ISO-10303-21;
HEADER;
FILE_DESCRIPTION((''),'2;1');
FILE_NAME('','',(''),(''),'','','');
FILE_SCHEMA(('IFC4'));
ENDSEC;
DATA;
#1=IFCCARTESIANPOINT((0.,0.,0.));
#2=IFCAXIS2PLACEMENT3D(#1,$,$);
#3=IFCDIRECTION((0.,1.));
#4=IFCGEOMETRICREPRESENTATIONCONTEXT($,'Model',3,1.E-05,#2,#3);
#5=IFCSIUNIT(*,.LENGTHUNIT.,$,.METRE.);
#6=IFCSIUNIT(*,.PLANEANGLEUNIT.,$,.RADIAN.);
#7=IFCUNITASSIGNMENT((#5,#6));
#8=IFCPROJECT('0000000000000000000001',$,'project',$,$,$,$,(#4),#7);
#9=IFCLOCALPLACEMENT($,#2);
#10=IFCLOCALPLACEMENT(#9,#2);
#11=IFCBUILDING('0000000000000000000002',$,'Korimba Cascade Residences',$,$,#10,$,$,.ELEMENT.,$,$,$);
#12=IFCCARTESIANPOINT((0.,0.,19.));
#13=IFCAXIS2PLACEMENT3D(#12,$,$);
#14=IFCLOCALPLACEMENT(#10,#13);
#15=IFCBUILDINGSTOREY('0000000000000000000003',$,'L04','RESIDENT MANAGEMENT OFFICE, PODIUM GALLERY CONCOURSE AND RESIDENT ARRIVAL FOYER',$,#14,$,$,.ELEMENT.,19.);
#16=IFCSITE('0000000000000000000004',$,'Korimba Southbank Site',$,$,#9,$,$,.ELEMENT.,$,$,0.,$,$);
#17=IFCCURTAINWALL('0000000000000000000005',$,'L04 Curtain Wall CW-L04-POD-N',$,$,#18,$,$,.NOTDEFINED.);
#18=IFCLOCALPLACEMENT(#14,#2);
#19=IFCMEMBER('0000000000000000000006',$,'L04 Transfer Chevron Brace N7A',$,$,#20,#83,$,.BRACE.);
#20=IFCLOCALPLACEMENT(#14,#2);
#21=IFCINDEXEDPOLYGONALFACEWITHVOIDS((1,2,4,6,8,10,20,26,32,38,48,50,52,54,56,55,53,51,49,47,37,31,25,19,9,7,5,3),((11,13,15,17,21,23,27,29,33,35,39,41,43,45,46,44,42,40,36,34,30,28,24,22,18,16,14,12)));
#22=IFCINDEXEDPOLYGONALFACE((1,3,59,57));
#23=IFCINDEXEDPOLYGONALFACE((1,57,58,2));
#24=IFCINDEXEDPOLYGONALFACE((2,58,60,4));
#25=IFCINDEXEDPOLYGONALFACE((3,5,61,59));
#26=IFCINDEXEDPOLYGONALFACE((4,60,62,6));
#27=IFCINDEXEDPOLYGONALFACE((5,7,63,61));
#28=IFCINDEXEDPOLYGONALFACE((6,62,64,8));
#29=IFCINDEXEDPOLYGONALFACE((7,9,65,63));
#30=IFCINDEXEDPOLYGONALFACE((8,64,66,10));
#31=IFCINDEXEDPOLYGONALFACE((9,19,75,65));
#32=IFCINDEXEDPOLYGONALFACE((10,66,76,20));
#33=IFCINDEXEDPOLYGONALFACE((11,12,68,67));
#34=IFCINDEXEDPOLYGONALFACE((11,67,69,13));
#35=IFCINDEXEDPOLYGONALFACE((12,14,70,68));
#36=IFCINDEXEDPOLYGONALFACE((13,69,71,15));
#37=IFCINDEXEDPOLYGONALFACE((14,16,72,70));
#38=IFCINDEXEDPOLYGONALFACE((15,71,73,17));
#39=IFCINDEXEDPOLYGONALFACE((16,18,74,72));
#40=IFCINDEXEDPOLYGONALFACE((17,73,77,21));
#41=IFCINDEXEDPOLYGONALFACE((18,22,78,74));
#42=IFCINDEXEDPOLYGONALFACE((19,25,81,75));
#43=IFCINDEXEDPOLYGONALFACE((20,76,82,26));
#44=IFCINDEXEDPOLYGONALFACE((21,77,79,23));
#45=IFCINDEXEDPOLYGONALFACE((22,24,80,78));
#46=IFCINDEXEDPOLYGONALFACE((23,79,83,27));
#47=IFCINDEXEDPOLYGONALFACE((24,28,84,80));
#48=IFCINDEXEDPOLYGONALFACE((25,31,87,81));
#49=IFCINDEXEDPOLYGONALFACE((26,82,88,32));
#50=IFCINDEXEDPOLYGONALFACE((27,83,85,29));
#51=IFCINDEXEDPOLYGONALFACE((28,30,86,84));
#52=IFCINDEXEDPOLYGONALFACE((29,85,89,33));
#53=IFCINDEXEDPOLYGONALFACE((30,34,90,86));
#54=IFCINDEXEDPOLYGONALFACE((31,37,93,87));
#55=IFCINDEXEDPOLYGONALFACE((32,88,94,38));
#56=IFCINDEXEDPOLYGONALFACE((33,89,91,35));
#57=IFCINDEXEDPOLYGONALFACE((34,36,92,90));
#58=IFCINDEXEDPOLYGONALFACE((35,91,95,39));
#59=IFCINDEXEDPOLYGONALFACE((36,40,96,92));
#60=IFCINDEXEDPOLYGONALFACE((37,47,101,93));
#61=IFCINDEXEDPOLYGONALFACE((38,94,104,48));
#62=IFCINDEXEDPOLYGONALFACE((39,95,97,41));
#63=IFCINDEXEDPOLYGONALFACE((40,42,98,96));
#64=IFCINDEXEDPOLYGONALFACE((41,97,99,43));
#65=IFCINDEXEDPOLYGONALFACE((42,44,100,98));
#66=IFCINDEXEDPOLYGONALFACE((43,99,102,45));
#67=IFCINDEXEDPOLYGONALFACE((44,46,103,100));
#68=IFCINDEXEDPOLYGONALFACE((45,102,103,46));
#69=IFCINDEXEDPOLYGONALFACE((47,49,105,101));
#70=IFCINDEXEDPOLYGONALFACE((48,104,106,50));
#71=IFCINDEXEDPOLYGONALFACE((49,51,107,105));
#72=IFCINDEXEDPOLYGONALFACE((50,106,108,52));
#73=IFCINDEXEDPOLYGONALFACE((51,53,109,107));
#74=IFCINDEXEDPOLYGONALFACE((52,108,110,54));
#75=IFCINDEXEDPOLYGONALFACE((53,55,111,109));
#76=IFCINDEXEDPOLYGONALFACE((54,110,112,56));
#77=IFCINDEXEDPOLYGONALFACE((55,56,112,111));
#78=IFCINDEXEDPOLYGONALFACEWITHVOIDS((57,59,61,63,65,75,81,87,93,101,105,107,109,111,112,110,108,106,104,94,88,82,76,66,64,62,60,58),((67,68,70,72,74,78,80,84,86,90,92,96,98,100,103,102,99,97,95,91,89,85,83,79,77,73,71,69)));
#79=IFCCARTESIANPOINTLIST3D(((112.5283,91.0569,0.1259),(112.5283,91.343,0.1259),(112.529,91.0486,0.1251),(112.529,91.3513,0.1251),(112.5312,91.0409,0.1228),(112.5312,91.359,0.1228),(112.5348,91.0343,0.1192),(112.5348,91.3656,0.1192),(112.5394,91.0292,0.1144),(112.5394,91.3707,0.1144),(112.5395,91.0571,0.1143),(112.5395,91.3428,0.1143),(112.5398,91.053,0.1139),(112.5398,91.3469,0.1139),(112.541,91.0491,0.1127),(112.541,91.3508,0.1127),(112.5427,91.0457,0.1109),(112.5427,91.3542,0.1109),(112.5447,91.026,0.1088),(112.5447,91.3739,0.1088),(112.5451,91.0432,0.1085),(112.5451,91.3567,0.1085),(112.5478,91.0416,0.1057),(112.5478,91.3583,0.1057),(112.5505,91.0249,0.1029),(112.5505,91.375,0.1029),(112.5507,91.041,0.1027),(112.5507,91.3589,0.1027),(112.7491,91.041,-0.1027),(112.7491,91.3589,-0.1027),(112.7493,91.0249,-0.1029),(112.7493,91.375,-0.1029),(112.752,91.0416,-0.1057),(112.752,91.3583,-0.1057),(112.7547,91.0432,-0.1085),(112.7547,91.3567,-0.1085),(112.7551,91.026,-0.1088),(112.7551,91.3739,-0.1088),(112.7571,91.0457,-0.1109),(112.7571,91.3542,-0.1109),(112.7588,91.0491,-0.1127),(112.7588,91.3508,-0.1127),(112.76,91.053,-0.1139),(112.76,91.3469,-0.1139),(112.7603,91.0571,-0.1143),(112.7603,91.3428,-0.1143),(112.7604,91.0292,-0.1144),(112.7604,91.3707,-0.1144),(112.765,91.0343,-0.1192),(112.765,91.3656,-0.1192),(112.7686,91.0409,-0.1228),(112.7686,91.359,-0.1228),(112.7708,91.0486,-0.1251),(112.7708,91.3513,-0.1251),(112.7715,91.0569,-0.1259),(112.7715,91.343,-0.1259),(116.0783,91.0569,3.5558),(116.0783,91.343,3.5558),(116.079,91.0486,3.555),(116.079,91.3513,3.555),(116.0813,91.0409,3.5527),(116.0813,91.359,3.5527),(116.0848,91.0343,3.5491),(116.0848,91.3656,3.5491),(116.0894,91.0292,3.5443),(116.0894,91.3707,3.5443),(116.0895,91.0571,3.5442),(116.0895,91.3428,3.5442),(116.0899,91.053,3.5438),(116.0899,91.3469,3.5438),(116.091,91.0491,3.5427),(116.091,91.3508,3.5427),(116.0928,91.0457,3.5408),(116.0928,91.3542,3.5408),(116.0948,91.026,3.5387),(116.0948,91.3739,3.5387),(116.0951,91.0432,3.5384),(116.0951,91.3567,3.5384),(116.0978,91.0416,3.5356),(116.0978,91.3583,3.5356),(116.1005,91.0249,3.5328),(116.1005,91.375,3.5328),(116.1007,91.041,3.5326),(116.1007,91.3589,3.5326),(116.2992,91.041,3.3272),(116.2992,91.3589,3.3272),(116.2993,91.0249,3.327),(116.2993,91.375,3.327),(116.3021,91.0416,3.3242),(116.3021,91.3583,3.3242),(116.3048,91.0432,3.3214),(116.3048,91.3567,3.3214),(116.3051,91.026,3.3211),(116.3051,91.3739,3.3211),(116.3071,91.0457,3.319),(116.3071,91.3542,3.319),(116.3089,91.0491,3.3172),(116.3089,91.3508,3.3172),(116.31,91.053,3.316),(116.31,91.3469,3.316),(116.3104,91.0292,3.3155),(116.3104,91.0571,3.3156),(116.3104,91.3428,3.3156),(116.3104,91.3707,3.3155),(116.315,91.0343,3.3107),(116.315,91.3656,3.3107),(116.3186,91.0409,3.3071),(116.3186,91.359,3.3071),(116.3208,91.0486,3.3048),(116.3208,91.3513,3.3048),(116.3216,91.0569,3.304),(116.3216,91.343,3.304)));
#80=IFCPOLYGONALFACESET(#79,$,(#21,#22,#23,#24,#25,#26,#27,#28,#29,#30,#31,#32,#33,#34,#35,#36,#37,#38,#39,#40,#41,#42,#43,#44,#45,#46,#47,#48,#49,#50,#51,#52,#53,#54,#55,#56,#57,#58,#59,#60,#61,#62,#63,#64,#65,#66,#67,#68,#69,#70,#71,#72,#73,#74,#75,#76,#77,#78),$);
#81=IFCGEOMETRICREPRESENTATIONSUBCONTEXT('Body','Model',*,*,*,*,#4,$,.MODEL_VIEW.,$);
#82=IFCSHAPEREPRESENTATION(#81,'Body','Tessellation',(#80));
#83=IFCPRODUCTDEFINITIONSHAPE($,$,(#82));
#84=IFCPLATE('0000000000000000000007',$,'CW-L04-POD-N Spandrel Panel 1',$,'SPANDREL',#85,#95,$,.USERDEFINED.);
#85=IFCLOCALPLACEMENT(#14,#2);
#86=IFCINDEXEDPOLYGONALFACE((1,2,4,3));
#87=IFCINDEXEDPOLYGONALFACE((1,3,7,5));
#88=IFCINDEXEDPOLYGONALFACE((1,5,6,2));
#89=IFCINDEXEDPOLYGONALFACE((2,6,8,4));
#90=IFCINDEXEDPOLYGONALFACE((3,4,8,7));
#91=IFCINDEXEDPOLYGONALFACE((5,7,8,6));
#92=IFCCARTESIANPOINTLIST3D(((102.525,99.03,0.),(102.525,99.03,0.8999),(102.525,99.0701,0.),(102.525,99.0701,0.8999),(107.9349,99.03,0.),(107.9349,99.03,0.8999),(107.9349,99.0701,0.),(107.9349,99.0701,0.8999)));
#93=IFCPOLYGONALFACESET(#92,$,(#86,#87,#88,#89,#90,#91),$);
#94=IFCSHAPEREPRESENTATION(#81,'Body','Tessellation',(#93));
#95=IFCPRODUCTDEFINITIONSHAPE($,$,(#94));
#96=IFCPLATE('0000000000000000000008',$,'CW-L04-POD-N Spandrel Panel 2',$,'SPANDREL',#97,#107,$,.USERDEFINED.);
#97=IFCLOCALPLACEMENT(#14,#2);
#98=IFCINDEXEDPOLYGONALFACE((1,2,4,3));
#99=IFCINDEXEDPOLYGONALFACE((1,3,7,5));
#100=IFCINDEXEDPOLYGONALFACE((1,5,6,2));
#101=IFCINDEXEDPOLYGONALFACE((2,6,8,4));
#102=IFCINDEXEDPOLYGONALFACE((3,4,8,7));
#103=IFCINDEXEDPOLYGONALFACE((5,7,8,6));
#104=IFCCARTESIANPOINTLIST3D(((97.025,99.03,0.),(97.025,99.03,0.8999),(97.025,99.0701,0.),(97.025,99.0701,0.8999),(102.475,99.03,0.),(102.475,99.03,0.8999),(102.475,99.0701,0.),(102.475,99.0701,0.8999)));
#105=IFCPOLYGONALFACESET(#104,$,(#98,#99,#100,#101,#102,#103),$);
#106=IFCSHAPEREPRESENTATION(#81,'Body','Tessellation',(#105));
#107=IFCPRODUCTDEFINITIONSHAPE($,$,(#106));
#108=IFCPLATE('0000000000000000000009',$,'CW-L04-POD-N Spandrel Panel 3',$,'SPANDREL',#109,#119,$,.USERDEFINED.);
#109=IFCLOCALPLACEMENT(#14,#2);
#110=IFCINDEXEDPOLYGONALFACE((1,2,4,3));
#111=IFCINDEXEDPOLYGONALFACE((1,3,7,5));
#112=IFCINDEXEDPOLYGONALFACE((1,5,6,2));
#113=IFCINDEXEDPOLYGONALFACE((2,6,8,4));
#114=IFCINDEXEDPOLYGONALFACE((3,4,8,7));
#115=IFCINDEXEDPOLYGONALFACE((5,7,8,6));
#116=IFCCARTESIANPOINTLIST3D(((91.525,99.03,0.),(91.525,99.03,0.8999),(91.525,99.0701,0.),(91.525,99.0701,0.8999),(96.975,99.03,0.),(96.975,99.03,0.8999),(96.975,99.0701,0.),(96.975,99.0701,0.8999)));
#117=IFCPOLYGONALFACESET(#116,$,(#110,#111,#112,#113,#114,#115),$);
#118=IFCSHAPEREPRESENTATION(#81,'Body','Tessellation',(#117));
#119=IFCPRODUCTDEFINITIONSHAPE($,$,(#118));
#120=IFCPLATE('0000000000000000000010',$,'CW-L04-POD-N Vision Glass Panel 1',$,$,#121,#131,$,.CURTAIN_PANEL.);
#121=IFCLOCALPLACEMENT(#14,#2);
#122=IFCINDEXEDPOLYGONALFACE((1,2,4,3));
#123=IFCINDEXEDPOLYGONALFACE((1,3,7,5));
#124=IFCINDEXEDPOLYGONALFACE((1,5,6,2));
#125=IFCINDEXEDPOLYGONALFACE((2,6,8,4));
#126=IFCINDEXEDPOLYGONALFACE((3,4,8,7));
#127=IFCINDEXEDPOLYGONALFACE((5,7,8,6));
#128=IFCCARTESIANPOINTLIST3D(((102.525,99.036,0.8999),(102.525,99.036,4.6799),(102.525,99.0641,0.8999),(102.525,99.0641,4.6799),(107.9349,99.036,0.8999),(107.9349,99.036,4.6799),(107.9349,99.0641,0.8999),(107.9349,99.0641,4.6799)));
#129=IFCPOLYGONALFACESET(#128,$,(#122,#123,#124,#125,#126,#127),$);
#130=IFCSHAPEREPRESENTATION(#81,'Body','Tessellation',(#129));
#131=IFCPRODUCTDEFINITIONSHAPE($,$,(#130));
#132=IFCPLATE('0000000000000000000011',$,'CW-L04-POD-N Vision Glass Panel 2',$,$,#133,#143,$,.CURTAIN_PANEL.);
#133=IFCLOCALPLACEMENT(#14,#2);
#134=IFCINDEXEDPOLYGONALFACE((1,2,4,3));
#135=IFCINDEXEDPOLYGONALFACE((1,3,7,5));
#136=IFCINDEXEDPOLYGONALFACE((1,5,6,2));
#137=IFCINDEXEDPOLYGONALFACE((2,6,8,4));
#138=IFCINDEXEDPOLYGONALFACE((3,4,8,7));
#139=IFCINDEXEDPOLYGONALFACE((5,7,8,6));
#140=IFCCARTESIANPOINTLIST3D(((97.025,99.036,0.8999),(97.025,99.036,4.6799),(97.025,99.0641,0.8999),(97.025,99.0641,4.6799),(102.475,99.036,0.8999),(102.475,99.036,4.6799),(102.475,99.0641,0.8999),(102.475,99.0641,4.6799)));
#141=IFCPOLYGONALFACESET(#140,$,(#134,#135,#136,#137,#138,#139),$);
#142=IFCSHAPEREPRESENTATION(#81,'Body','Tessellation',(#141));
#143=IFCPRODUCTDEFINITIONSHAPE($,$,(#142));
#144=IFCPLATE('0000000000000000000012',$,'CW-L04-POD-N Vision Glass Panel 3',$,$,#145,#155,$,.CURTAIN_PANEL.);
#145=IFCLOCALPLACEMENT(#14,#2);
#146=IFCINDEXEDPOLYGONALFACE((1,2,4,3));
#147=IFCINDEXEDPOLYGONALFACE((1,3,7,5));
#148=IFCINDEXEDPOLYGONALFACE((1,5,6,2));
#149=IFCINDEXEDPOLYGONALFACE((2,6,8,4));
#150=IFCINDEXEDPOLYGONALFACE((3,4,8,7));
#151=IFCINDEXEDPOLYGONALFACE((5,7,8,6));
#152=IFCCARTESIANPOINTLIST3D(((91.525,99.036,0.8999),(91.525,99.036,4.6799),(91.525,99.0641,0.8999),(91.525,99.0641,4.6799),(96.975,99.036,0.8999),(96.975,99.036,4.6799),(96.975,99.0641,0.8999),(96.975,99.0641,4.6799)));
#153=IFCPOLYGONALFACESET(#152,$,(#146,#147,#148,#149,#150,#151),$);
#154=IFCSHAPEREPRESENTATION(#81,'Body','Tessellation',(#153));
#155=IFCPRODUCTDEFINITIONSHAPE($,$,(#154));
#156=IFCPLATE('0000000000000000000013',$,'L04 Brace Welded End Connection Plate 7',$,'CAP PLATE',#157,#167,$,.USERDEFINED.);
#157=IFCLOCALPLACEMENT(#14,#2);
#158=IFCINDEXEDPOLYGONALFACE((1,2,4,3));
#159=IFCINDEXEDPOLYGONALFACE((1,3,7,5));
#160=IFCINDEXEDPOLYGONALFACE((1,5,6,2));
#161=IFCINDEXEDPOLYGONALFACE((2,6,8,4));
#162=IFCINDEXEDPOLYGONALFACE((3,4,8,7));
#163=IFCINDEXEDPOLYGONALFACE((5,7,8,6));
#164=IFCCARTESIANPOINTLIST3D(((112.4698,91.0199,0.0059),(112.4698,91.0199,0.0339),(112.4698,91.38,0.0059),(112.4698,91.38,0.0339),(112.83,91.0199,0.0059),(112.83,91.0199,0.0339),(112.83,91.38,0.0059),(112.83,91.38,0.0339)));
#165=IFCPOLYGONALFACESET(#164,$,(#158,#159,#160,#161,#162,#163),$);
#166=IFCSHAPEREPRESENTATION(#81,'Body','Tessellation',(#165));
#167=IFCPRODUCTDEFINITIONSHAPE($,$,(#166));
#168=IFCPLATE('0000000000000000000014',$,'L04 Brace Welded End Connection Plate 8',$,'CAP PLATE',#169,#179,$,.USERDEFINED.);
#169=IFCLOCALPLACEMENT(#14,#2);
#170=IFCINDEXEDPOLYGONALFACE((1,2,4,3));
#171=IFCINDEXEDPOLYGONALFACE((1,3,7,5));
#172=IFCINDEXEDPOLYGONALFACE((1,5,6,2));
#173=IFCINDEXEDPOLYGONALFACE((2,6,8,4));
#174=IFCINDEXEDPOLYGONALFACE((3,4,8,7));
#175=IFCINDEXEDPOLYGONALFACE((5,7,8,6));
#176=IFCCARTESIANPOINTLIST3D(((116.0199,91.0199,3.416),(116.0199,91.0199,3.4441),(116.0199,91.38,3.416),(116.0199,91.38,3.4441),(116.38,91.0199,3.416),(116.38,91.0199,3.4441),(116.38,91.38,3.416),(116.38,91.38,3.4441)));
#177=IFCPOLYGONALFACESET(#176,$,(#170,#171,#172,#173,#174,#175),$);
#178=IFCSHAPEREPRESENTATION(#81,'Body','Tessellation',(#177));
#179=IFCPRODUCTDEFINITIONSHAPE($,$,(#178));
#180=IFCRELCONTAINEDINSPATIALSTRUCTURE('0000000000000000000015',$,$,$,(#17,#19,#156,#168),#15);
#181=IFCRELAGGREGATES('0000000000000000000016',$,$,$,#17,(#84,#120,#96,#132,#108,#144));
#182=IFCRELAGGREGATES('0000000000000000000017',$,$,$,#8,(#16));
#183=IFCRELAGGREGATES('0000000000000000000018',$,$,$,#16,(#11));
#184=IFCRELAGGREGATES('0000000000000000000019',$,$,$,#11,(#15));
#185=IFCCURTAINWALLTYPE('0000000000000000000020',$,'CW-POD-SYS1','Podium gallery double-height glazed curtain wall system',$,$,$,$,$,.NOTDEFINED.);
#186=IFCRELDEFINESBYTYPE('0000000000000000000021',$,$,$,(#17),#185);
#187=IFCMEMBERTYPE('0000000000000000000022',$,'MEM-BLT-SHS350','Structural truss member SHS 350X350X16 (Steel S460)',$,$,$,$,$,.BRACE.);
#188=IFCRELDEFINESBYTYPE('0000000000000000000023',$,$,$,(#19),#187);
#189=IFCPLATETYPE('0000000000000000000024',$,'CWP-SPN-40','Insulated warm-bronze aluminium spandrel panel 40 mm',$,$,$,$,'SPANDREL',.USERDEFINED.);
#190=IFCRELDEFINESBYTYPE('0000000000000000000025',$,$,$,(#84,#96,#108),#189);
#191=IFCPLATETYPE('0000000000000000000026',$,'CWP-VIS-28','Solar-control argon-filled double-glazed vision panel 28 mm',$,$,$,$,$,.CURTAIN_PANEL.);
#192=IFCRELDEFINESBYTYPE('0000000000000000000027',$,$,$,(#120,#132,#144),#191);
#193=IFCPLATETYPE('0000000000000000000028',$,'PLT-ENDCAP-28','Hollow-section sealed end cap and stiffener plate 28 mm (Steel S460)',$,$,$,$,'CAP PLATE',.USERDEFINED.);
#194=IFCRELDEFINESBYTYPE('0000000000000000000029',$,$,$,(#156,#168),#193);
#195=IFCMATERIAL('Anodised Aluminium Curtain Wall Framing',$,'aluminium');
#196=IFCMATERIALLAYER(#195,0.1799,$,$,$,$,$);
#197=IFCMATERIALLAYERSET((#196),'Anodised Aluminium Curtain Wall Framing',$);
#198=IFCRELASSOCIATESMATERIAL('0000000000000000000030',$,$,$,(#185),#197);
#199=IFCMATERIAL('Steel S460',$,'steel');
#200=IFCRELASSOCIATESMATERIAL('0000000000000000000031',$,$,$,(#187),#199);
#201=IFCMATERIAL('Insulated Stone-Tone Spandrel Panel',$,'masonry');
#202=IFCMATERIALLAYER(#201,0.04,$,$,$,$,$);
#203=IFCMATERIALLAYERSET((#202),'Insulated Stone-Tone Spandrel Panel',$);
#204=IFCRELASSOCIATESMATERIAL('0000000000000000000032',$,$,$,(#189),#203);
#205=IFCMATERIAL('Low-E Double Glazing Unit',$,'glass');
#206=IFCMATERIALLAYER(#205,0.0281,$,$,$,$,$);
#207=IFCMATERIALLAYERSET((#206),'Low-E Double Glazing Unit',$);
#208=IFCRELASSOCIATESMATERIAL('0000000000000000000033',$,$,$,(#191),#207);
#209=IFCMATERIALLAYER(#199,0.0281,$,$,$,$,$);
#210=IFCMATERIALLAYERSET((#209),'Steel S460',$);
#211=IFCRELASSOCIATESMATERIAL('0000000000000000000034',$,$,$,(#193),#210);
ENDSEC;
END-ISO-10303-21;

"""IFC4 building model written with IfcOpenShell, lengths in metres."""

from ifc_helpers import new_model, si_unit, direction, frame, origin, origin_2d, place, context, subcontext, project, spatial, rectangle, hollow_rectangle, extrude, material, layer, layer_set, material_profile, profile_set, type_object, element, aggregate, save


model = new_model("IFC4")

# Units and contexts
model_context = context("Model", 3, precision=1e-05, world=origin(), true_north=direction((0.0, 1.0)))
body_context = subcontext(model_context, "Body", "Model", "MODEL_VIEW")
ifc_project = project(units=[si_unit("LENGTHUNIT", "METRE"), si_unit("PLANEANGLEUNIT", "RADIAN")], contexts=[model_context])

# Site, building, storey
site_placement = place(None, origin())
site = spatial("IfcSite", under=ifc_project, at=site_placement, Name="Korimba Southbank Site", CompositionType="ELEMENT", RefElevation=0.0)
building_placement = place(site_placement, origin())
building = spatial("IfcBuilding", under=site, at=building_placement, Name="Korimba Cascade Residences", CompositionType="ELEMENT")
storey_placement = place(building_placement, frame((0.0, 0.0, 19.0)))
storey = spatial("IfcBuildingStorey", under=building, at=storey_placement, Name="L04", Description="RESIDENT MANAGEMENT OFFICE, PODIUM GALLERY CONCOURSE AND RESIDENT ARRIVAL FOYER", CompositionType="ELEMENT", Elevation=19.0)

# Curtain wall
ifc_material_1 = material(Name="Anodised Aluminium Curtain Wall Framing", Category="aluminium")
ifc_layer_1 = layer(ifc_material_1, 0.1799)
ifc_layer_set_1 = layer_set([ifc_layer_1], Name="Anodised Aluminium Curtain Wall Framing")
curtain_wall_type = type_object("IfcCurtainWallType", Name="CW-POD-SYS1", Description="Podium gallery double-height glazed curtain wall system", PredefinedType="NOTDEFINED", material=ifc_layer_set_1)
curtain_wall_placement = place(storey_placement, origin())
curtain_wall = element("IfcCurtainWall", 1, at=curtain_wall_placement, inside=storey, type_object=curtain_wall_type, Name="L04 Curtain Wall CW-L04-POD-N", PredefinedType="NOTDEFINED")

# Member
ifc_material_2 = material(Name="Steel S460", Category="steel")
ifc_material_profile_1 = material_profile(ifc_material_2, hollow_rectangle(XDim=0.3501, YDim=0.3501, WallThickness=0.0161, InnerFilletRadius=0.0161, OuterFilletRadius=0.032, at=origin_2d()), Name="Steel S460")
ifc_profile_set_1 = profile_set([ifc_material_profile_1], Name="Steel S460")
member_type_1 = type_object("IfcMemberType", Name="MEM-BLT-SHS350", Description="Structural truss member SHS 350X350X16 (Steel S460)", PredefinedType="BRACE", material=ifc_profile_set_1)
member_1_placement = place(storey_placement, frame((112.6499, 91.2, 0.0), z_axis=(0.719169, 0.0, 0.694835), x_axis=(0.0, 1.0, 0.0)))
element("IfcMember", 2, at=member_1_placement, inside=storey, type_object=member_type_1, Name="L04 Transfer Chevron Brace N7A", PredefinedType="BRACE", context=body_context, shape_type="SweptSolid", body=[
    extrude(hollow_rectangle(XDim=0.3501, YDim=0.3501, WallThickness=0.0161, InnerFilletRadius=0.0161, OuterFilletRadius=0.032, at=origin_2d()), origin(), (0.0, 0.0, 1.0), 4.9363),
])

# Plates
ifc_material_3 = material(Name="Insulated Stone-Tone Spandrel Panel", Category="masonry")
ifc_layer_2 = layer(ifc_material_3, 0.04)
ifc_layer_set_2 = layer_set([ifc_layer_2], Name="Insulated Stone-Tone Spandrel Panel")
plate_type_1 = type_object("IfcPlateType", Name="CWP-SPN-40", Description="Insulated warm-bronze aluminium spandrel panel 40 mm", ElementType="SPANDREL", PredefinedType="USERDEFINED", material=ifc_layer_set_2)
plate_1_placement = place(storey_placement, frame((105.23, 99.05, 0.0), z_axis=(0.0, 0.0, 1.0), x_axis=(-1.0, 0.0, 0.0)))
plate_1 = element("IfcPlate", 3, at=plate_1_placement, type_object=plate_type_1, Name="CW-L04-POD-N Spandrel Panel 1", ObjectType="SPANDREL", PredefinedType="USERDEFINED", context=body_context, shape_type="SweptSolid", body=[
    extrude(rectangle(XDim=5.4099, YDim=0.04, at=origin_2d()), origin(), (0.0, 0.0, 1.0), 0.8999),
])
plate_2_placement = place(storey_placement, frame((99.75, 99.05, 0.0), z_axis=(0.0, 0.0, 1.0), x_axis=(-1.0, 0.0, 0.0)))
plate_2 = element("IfcPlate", 4, at=plate_2_placement, type_object=plate_type_1, Name="CW-L04-POD-N Spandrel Panel 2", ObjectType="SPANDREL", PredefinedType="USERDEFINED", context=body_context, shape_type="SweptSolid", body=[
    extrude(rectangle(XDim=5.45, YDim=0.04, at=origin_2d()), origin(), (0.0, 0.0, 1.0), 0.8999),
])
plate_3_placement = place(storey_placement, frame((94.25, 99.05, 0.0), z_axis=(0.0, 0.0, 1.0), x_axis=(-1.0, 0.0, 0.0)))
plate_3 = element("IfcPlate", 5, at=plate_3_placement, type_object=plate_type_1, Name="CW-L04-POD-N Spandrel Panel 3", ObjectType="SPANDREL", PredefinedType="USERDEFINED", context=body_context, shape_type="SweptSolid", body=[
    extrude(rectangle(XDim=5.45, YDim=0.04, at=origin_2d()), origin(), (0.0, 0.0, 1.0), 0.8999),
])
ifc_material_4 = material(Name="Low-E Double Glazing Unit", Category="glass")
ifc_layer_3 = layer(ifc_material_4, 0.0281)
ifc_layer_set_3 = layer_set([ifc_layer_3], Name="Low-E Double Glazing Unit")
plate_type_2 = type_object("IfcPlateType", Name="CWP-VIS-28", Description="Solar-control argon-filled double-glazed vision panel 28 mm", PredefinedType="CURTAIN_PANEL", material=ifc_layer_set_3)
plate_4_placement = place(storey_placement, frame((105.23, 99.05, 0.8999), z_axis=(0.0, 0.0, 1.0), x_axis=(-1.0, 0.0, 0.0)))
plate_4 = element("IfcPlate", 6, at=plate_4_placement, type_object=plate_type_2, Name="CW-L04-POD-N Vision Glass Panel 1", PredefinedType="CURTAIN_PANEL", context=body_context, shape_type="SweptSolid", body=[
    extrude(rectangle(XDim=5.4099, YDim=0.0281, at=origin_2d()), origin(), (0.0, 0.0, 1.0), 3.78),
])
plate_5_placement = place(storey_placement, frame((99.75, 99.05, 0.8999), z_axis=(0.0, 0.0, 1.0), x_axis=(-1.0, 0.0, 0.0)))
plate_5 = element("IfcPlate", 7, at=plate_5_placement, type_object=plate_type_2, Name="CW-L04-POD-N Vision Glass Panel 2", PredefinedType="CURTAIN_PANEL", context=body_context, shape_type="SweptSolid", body=[
    extrude(rectangle(XDim=5.45, YDim=0.0281, at=origin_2d()), origin(), (0.0, 0.0, 1.0), 3.78),
])
plate_6_placement = place(storey_placement, frame((94.25, 99.05, 0.8999), z_axis=(0.0, 0.0, 1.0), x_axis=(-1.0, 0.0, 0.0)))
plate_6 = element("IfcPlate", 8, at=plate_6_placement, type_object=plate_type_2, Name="CW-L04-POD-N Vision Glass Panel 3", PredefinedType="CURTAIN_PANEL", context=body_context, shape_type="SweptSolid", body=[
    extrude(rectangle(XDim=5.45, YDim=0.0281, at=origin_2d()), origin(), (0.0, 0.0, 1.0), 3.78),
])
aggregate(curtain_wall, [plate_1, plate_4, plate_2, plate_5, plate_3, plate_6])

# Plates
ifc_layer_4 = layer(ifc_material_2, 0.0281)
ifc_layer_set_4 = layer_set([ifc_layer_4], Name="Steel S460")
plate_type_3 = type_object("IfcPlateType", Name="PLT-ENDCAP-28", Description="Hollow-section sealed end cap and stiffener plate 28 mm (Steel S460)", ElementType="CAP PLATE", PredefinedType="USERDEFINED", material=ifc_layer_set_4)
for number, where, z_axis, x_axis, name in (
    (9, (112.6499, 91.2, 0.0059), (0.0, 0.0, 1.0), (1.0, 0.0, 0.0), "L04 Brace Welded End Connection Plate 7"),
    (10, (116.2, 91.2, 3.416), (0.0, 0.0, 1.0), (1.0, 0.0, 0.0), "L04 Brace Welded End Connection Plate 8"),
):
    element("IfcPlate", number, at=place(storey_placement, frame(where, z_axis=z_axis, x_axis=x_axis)), inside=storey, type_object=plate_type_3, Name=name, ObjectType="CAP PLATE", PredefinedType="USERDEFINED", context=body_context, shape_type="SweptSolid", body=[
        extrude(rectangle(XDim=0.3601, YDim=0.3601, at=origin_2d()), origin(), (0.0, 0.0, 1.0), 0.0281),
    ])

save(model, "model.ifc")
